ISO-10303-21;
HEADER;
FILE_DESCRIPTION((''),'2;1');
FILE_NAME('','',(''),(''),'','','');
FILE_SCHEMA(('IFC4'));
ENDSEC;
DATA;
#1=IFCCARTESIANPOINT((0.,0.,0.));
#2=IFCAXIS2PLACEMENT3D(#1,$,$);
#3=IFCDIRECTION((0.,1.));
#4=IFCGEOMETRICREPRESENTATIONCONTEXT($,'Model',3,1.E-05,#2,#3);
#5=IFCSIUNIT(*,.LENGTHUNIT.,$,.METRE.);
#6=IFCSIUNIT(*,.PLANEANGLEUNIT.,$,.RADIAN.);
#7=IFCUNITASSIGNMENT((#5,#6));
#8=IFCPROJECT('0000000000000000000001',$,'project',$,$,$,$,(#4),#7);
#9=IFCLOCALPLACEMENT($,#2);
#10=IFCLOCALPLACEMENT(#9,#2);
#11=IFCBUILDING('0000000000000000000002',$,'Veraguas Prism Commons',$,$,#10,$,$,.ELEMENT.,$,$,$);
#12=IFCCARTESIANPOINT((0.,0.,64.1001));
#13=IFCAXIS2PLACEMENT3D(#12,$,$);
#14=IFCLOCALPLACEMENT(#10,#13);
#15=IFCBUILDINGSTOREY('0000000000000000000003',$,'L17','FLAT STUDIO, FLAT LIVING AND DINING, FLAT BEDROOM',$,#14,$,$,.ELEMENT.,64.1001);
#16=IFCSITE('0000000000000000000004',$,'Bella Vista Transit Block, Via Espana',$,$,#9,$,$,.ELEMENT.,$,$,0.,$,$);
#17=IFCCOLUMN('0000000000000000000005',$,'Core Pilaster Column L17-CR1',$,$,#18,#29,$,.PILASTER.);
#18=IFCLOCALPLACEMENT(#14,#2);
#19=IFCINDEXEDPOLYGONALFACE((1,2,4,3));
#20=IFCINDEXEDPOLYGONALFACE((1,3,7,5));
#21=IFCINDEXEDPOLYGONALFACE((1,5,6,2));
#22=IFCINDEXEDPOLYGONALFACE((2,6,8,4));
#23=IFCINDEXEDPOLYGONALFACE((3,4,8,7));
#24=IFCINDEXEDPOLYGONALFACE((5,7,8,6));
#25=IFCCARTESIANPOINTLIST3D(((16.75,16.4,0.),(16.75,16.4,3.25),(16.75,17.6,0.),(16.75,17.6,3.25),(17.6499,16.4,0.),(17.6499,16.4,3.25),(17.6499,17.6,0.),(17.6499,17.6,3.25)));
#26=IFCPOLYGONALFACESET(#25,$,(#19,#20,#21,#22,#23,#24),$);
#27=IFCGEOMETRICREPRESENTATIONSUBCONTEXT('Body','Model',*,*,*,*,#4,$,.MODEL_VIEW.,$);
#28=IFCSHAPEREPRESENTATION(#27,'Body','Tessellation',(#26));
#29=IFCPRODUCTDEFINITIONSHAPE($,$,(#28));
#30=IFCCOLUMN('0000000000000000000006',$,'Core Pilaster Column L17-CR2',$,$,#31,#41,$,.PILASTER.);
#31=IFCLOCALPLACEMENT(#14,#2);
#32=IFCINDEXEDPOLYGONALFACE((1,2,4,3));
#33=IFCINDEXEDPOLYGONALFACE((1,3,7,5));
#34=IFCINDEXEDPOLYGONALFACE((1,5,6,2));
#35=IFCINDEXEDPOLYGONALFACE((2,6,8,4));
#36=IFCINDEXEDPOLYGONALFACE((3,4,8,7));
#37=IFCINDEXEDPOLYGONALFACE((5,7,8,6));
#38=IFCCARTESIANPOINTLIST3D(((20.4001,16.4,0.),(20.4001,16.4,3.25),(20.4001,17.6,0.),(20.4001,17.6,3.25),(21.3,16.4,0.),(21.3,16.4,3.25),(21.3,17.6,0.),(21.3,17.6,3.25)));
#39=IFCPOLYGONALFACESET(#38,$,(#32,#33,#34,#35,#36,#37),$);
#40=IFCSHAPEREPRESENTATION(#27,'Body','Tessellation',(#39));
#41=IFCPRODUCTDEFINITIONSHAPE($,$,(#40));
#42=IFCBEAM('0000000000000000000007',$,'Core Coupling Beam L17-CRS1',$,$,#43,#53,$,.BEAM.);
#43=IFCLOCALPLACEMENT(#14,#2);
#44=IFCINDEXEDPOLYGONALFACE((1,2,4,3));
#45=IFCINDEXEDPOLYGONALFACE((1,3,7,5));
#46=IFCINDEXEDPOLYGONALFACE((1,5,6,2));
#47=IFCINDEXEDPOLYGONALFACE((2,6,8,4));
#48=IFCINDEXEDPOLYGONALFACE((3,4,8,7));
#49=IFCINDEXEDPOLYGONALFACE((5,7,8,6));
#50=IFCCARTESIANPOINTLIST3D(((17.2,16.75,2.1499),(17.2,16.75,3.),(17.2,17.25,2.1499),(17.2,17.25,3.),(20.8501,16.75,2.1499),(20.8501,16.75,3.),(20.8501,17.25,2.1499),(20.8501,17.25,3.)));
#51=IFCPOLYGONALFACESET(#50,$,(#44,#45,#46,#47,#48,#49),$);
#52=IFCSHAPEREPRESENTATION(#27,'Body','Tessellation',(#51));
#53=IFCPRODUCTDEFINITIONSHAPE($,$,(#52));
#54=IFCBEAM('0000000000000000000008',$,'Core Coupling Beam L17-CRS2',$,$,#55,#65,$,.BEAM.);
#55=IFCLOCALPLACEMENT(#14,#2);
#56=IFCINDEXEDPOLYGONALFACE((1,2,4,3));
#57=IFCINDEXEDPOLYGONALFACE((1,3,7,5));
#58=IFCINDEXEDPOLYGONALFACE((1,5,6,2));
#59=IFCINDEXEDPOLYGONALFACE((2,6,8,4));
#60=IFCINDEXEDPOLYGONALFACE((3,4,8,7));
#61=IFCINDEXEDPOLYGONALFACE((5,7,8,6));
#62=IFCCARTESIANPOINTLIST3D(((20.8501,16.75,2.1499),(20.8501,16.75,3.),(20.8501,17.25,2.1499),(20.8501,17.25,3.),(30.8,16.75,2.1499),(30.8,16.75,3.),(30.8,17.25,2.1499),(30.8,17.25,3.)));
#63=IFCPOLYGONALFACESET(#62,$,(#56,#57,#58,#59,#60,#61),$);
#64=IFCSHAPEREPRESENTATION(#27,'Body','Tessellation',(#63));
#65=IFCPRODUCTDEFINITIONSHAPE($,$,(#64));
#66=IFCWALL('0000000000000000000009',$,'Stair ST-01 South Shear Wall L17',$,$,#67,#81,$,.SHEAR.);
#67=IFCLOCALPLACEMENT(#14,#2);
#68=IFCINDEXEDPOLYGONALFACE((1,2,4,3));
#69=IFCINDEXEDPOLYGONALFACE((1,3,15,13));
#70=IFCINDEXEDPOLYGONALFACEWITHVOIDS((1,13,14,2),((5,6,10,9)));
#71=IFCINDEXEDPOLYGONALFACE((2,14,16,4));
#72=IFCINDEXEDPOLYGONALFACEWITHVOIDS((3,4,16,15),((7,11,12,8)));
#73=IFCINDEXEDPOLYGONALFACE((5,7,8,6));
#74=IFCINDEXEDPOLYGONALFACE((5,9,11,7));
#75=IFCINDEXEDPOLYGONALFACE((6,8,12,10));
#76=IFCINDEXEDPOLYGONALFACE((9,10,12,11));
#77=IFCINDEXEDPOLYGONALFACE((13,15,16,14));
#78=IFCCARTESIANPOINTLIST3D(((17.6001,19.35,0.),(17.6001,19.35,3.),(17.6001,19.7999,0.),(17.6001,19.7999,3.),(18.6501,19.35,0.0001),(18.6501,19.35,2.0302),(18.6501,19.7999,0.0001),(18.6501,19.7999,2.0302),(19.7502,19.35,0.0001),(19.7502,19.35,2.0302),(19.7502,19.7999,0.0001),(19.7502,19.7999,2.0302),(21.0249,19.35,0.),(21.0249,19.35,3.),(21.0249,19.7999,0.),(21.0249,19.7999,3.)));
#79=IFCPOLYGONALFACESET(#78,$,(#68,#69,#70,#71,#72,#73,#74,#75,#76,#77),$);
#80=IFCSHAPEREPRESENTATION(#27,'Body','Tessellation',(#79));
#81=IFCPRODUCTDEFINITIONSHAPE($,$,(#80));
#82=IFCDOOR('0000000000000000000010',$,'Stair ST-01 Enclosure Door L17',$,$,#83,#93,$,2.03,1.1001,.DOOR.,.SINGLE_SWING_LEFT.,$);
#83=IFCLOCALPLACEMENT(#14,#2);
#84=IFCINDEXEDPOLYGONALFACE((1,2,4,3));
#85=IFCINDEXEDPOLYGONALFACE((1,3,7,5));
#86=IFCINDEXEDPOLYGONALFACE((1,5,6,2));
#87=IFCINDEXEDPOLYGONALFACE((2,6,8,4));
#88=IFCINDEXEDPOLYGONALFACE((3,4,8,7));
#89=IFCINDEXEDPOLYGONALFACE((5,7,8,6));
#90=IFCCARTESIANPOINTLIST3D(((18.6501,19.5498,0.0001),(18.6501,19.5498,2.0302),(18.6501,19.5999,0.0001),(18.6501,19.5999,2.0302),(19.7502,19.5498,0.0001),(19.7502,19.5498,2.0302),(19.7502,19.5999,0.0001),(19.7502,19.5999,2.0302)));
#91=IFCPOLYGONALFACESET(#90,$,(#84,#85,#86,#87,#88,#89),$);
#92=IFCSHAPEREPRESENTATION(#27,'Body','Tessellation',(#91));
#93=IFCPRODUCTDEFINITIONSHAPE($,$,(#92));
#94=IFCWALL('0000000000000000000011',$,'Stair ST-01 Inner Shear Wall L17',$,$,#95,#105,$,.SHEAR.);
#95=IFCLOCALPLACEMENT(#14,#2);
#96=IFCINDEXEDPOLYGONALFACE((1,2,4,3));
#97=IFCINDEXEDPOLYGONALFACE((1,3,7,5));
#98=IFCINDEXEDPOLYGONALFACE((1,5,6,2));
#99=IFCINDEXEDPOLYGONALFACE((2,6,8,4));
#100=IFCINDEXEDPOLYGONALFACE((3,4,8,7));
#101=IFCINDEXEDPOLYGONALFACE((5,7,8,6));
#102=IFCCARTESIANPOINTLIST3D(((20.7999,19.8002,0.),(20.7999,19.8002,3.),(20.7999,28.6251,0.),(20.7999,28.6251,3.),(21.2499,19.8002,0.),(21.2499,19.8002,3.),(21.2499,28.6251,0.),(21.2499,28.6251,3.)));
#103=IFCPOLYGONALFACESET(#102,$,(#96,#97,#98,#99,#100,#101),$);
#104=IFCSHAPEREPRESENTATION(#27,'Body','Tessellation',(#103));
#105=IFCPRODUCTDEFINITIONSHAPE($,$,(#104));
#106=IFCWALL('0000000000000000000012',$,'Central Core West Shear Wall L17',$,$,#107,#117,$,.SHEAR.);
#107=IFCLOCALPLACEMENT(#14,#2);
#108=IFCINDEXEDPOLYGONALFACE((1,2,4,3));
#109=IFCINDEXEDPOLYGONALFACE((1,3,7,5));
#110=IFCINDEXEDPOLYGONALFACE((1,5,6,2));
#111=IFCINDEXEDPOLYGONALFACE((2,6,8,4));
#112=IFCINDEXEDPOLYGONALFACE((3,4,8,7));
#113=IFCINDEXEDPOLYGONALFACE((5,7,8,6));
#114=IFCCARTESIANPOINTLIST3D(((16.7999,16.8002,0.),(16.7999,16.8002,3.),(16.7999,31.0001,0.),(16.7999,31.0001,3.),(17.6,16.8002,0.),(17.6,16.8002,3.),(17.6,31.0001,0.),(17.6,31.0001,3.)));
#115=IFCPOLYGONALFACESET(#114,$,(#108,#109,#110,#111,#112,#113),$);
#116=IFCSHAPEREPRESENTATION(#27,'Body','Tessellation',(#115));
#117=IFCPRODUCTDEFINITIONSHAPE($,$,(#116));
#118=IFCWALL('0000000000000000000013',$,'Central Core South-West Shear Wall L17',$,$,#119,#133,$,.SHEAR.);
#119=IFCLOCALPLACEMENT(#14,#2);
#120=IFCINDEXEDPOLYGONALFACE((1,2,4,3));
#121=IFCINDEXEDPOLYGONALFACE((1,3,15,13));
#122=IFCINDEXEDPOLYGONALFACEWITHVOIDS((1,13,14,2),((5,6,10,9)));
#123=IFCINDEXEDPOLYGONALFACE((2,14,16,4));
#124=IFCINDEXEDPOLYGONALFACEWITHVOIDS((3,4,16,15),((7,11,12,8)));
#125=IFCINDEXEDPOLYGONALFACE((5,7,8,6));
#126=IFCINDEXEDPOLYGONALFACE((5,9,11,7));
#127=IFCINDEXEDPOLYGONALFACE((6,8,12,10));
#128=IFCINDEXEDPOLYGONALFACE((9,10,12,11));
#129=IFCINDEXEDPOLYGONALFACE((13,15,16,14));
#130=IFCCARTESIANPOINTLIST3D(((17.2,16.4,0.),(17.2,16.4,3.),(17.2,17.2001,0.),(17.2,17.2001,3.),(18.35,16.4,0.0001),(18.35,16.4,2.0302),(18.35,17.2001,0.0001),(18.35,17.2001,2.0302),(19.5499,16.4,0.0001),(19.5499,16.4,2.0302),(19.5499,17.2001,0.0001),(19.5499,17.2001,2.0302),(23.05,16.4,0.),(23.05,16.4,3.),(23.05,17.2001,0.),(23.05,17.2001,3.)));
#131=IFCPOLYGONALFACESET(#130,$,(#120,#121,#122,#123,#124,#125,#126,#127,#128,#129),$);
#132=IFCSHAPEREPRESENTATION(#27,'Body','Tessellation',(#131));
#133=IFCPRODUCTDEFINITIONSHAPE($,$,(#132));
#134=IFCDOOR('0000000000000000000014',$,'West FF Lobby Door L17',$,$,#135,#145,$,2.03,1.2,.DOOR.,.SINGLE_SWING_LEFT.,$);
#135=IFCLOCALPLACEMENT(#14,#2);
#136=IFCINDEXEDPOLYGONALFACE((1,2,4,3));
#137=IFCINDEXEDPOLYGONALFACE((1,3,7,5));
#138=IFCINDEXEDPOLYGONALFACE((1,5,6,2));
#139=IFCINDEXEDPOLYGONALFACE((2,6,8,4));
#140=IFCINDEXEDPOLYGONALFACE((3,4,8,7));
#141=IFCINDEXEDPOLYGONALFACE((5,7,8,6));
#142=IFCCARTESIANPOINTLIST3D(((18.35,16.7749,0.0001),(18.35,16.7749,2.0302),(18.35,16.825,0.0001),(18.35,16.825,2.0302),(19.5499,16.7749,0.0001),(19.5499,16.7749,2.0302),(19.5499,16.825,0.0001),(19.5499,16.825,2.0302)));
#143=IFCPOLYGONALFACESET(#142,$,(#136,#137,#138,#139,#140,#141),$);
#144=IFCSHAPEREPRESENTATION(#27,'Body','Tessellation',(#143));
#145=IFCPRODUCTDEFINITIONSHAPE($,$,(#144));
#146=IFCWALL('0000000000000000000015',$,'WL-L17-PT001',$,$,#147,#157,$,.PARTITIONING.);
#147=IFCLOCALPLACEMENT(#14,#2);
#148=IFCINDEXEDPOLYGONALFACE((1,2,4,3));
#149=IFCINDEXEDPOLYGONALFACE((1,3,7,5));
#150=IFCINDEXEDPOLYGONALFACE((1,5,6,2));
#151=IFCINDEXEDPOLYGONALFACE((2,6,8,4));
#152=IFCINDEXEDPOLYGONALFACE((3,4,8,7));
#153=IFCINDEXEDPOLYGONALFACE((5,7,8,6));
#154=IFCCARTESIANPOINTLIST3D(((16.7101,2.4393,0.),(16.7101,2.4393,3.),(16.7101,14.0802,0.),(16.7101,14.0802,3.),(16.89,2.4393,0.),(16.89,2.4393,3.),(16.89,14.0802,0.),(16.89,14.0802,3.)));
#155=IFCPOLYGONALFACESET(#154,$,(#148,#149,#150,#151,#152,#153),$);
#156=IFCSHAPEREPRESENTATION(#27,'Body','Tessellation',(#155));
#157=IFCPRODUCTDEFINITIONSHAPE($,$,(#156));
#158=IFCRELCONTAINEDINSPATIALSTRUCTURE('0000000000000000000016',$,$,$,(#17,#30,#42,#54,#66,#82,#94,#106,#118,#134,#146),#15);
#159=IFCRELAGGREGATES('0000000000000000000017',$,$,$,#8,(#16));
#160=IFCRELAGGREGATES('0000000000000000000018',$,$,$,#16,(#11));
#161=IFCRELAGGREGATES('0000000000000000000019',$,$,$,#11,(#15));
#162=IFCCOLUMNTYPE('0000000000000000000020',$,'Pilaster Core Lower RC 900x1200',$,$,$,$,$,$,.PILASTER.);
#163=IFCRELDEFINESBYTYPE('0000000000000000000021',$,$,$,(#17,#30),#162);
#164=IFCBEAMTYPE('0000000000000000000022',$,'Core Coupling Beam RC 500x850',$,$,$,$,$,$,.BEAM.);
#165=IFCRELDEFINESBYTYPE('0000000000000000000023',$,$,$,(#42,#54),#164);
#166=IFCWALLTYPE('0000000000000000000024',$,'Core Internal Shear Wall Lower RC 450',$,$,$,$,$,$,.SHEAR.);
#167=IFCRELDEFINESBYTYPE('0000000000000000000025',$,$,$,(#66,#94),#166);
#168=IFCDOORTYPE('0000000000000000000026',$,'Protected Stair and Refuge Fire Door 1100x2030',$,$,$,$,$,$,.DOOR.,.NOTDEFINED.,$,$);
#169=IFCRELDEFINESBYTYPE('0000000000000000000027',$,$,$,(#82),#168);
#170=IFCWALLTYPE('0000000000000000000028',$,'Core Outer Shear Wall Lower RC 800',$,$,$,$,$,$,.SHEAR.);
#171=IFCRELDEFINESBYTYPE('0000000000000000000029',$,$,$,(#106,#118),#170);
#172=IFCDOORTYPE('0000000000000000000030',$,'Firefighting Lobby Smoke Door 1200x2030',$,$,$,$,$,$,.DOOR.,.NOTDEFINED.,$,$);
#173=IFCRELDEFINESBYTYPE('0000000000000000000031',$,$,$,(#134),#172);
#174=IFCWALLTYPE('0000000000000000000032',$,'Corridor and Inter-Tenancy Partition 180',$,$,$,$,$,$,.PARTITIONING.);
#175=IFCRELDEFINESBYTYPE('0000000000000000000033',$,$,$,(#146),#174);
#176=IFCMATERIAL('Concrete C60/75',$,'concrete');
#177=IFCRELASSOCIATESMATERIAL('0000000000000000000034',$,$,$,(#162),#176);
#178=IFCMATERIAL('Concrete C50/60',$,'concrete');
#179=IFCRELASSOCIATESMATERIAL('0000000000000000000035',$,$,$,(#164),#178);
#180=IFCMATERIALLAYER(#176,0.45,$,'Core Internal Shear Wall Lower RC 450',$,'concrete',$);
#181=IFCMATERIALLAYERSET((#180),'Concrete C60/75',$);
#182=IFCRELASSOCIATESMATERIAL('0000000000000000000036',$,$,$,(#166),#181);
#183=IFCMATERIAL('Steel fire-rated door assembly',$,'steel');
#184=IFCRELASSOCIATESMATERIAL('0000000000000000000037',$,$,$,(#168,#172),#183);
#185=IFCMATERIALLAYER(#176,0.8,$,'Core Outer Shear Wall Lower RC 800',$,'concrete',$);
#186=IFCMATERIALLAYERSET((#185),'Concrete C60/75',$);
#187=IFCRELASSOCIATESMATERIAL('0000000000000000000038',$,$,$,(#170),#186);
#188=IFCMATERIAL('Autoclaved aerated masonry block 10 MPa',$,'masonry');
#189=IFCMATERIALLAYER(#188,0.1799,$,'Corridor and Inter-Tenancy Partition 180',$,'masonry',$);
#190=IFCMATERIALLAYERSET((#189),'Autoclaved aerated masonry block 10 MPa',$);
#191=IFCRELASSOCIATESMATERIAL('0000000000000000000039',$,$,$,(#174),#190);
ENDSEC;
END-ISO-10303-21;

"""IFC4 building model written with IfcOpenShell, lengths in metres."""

from ifc_helpers import new_model, si_unit, direction, frame, frame_2d, origin, origin_2d, place, context, subcontext, project, spatial, rectangle, extrude, source, transform, mapped, material, layer, layer_set, material_profile, profile_set, type_object, element, fill, save


model = new_model("IFC4")

# Units and contexts
model_context = context("Model", 3, precision=1e-05, world=origin(), true_north=direction((0.0, 1.0)))
body_context = subcontext(model_context, "Body", "Model", "MODEL_VIEW")
ifc_project = project(units=[si_unit("LENGTHUNIT", "METRE"), si_unit("PLANEANGLEUNIT", "RADIAN")], contexts=[model_context])

# Site, building, storey
site_placement = place(None, origin())
site = spatial("IfcSite", under=ifc_project, at=site_placement, Name="Bella Vista Transit Block, Via Espana", CompositionType="ELEMENT", RefElevation=0.0)
building_placement = place(site_placement, origin())
building = spatial("IfcBuilding", under=site, at=building_placement, Name="Veraguas Prism Commons", CompositionType="ELEMENT")
storey_placement = place(building_placement, frame((0.0, 0.0, 64.1001)))
storey = spatial("IfcBuildingStorey", under=building, at=storey_placement, Name="L17", Description="FLAT STUDIO, FLAT LIVING AND DINING, FLAT BEDROOM", CompositionType="ELEMENT", Elevation=64.1001)

# Columns
ifc_material_1 = material(Name="Concrete C60/75", Category="concrete")
ifc_material_profile_1 = material_profile(ifc_material_1, rectangle(XDim=0.8999, YDim=1.2, at=origin_2d()), Name="RC900X1200")
ifc_profile_set_1 = profile_set([ifc_material_profile_1], Name="Concrete C60/75")
column_type = type_object("IfcColumnType", Name="Pilaster Core Lower RC 900x1200", PredefinedType="PILASTER", material=ifc_profile_set_1)
for number, where, z_axis, x_axis, name in (
    (1, (17.2, 17.0, 0.0), (0.0, 0.0, 1.0), (1.0, 0.0, 0.0), "Core Pilaster Column L17-CR1"),
    (2, (20.8501, 17.0, 0.0), (0.0, 0.0, 1.0), (1.0, 0.0, 0.0), "Core Pilaster Column L17-CR2"),
):
    element("IfcColumn", number, at=place(storey_placement, frame(where, z_axis=z_axis, x_axis=x_axis)), inside=storey, type_object=column_type, Name=name, PredefinedType="PILASTER", context=body_context, shape_type="SweptSolid", body=[
        extrude(rectangle(XDim=0.8999, YDim=1.2, at=origin_2d()), origin(), (0.0, 0.0, 1.0), 3.25),
    ])

# Beams
ifc_material_2 = material(Name="Concrete C50/60", Category="concrete")
ifc_material_profile_2 = material_profile(ifc_material_2, rectangle(XDim=0.5, YDim=0.8501, at=origin_2d()), Name="RC500X850")
ifc_profile_set_2 = profile_set([ifc_material_profile_2], Name="Concrete C50/60")
beam_type = type_object("IfcBeamType", Name="Core Coupling Beam RC 500x850", PredefinedType="BEAM", material=ifc_profile_set_2)
beam_1_placement = place(storey_placement, frame((17.2, 17.0, 2.575), z_axis=(1.0, 0.0, 0.0), x_axis=(0.0, 1.0, 0.0)))
element("IfcBeam", 3, at=beam_1_placement, inside=storey, type_object=beam_type, Name="Core Coupling Beam L17-CRS1", PredefinedType="BEAM", context=body_context, shape_type="SweptSolid", body=[
    extrude(rectangle(XDim=0.5, YDim=0.8501, at=origin_2d()), origin(), (0.0, 0.0, 1.0), 3.6501),
])
beam_2_placement = place(storey_placement, frame((20.8501, 17.0, 2.575), z_axis=(1.0, 0.0, 0.0), x_axis=(0.0, 1.0, 0.0)))
element("IfcBeam", 4, at=beam_2_placement, inside=storey, type_object=beam_type, Name="Core Coupling Beam L17-CRS2", PredefinedType="BEAM", context=body_context, shape_type="SweptSolid", body=[
    extrude(rectangle(XDim=0.5, YDim=0.8501, at=origin_2d()), origin(), (0.0, 0.0, 1.0), 9.95),
])

# Wall, opening, door
ifc_layer_1 = layer(ifc_material_1, 0.45, Name="Core Internal Shear Wall Lower RC 450", Category="concrete")
ifc_layer_set_1 = layer_set([ifc_layer_1], Name="Concrete C60/75")
wall_type_1 = type_object("IfcWallType", Name="Core Internal Shear Wall Lower RC 450", PredefinedType="SHEAR", material=ifc_layer_set_1)
wall_1_placement = place(storey_placement, frame((17.6001, 19.575, 0.0), z_axis=(0.0, 0.0, 1.0), x_axis=(1.0, 0.0, 0.0)))
wall_1 = element("IfcWall", 5, at=wall_1_placement, inside=storey, type_object=wall_type_1, Name="Stair ST-01 South Shear Wall L17", PredefinedType="SHEAR", context=body_context, shape_type="SweptSolid", body=[
    extrude(rectangle(XDim=3.4248, YDim=0.45, at=frame_2d((1.7124, 0.0))), origin(), (0.0, 0.0, 1.0), 3.0),
])
opening_1_placement = place(wall_1_placement, frame((1.05, 0.0, 0.0)))
opening_1 = element("IfcOpeningElement", 6, at=opening_1_placement, cuts=wall_1, PredefinedType="OPENING", context=body_context, shape_type="SweptSolid", body=[
    extrude(rectangle(XDim=1.1001, YDim=2.03, at=frame_2d((0.55, 1.0151))), frame((0.0, 0.2349, 0.0), z_axis=(0.0, -1.0, 0.0), x_axis=(1.0, 0.0, 0.0)), (0.0, 0.0, 1.0), 0.47),
])
ifc_material_3 = material(Name="Steel fire-rated door assembly", Category="steel")
door_type_1 = type_object("IfcDoorType", Name="Protected Stair and Refuge Fire Door 1100x2030", OperationType="NOTDEFINED", PredefinedType="DOOR", material=ifc_material_3)
shared_shape_1 = source(origin(), body_context, "Body", "SweptSolid", [
    extrude(rectangle(XDim=1.1001, YDim=2.03, at=frame_2d((0.55, 1.0151))), frame((0.0, 0.0249, 0.0), z_axis=(0.0, -1.0, 0.0), x_axis=(1.0, 0.0, 0.0)), (0.0, 0.0, 1.0), 0.05),
])
door_1_placement = place(opening_1_placement, origin())
door_1 = element("IfcDoor", 7, at=door_1_placement, inside=storey, type_object=door_type_1, Name="Stair ST-01 Enclosure Door L17", OperationType="SINGLE_SWING_LEFT", OverallHeight=2.03, OverallWidth=1.1001, PredefinedType="DOOR", context=body_context, shape_type="MappedRepresentation", body=[
    mapped(shared_shape_1, transform((0.0, 0.0, 0.0), scale=1.0)),
])
fill(opening_1, door_1)

# Walls
wall_2_placement = place(storey_placement, frame((21.0249, 19.8, 0.0), z_axis=(0.0, 0.0, 1.0), x_axis=(0.0, 1.0, 0.0)))
element("IfcWall", 8, at=wall_2_placement, inside=storey, type_object=wall_type_1, Name="Stair ST-01 Inner Shear Wall L17", PredefinedType="SHEAR", context=body_context, shape_type="SweptSolid", body=[
    extrude(rectangle(XDim=8.825, YDim=0.45, at=frame_2d((4.4126, 0.0))), origin(), (0.0, 0.0, 1.0), 3.0),
])
ifc_layer_2 = layer(ifc_material_1, 0.8, Name="Core Outer Shear Wall Lower RC 800", Category="concrete")
ifc_layer_set_2 = layer_set([ifc_layer_2], Name="Concrete C60/75")
wall_type_2 = type_object("IfcWallType", Name="Core Outer Shear Wall Lower RC 800", PredefinedType="SHEAR", material=ifc_layer_set_2)
wall_3_placement = place(storey_placement, frame((17.2, 16.8, 0.0), z_axis=(0.0, 0.0, 1.0), x_axis=(0.0, 1.0, 0.0)))
element("IfcWall", 9, at=wall_3_placement, inside=storey, type_object=wall_type_2, Name="Central Core West Shear Wall L17", PredefinedType="SHEAR", context=body_context, shape_type="SweptSolid", body=[
    extrude(rectangle(XDim=14.2, YDim=0.8, at=frame_2d((7.1001, 0.0))), origin(), (0.0, 0.0, 1.0), 3.0),
])

# Wall, opening, door
wall_4_placement = place(storey_placement, frame((17.2, 16.8, 0.0), z_axis=(0.0, 0.0, 1.0), x_axis=(1.0, 0.0, 0.0)))
wall_4 = element("IfcWall", 10, at=wall_4_placement, inside=storey, type_object=wall_type_2, Name="Central Core South-West Shear Wall L17", PredefinedType="SHEAR", context=body_context, shape_type="SweptSolid", body=[
    extrude(rectangle(XDim=5.8501, YDim=0.8, at=frame_2d((2.925, 0.0))), origin(), (0.0, 0.0, 1.0), 3.0),
])
opening_2_placement = place(wall_4_placement, frame((1.1499, 0.0, 0.0)))
opening_2 = element("IfcOpeningElement", 11, at=opening_2_placement, cuts=wall_4, PredefinedType="OPENING", context=body_context, shape_type="SweptSolid", body=[
    extrude(rectangle(XDim=1.2, YDim=2.03, at=frame_2d((0.6001, 1.0151))), frame((0.0, 0.4099, 0.0), z_axis=(0.0, -1.0, 0.0), x_axis=(1.0, 0.0, 0.0)), (0.0, 0.0, 1.0), 0.8201),
])
door_type_2 = type_object("IfcDoorType", Name="Firefighting Lobby Smoke Door 1200x2030", OperationType="NOTDEFINED", PredefinedType="DOOR", material=ifc_material_3)
shared_shape_2 = source(origin(), body_context, "Body", "SweptSolid", [
    extrude(rectangle(XDim=1.2, YDim=2.03, at=frame_2d((0.6001, 1.0151))), frame((0.0, 0.0249, 0.0), z_axis=(0.0, -1.0, 0.0), x_axis=(1.0, 0.0, 0.0)), (0.0, 0.0, 1.0), 0.05),
])
door_2_placement = place(opening_2_placement, origin())
door_2 = element("IfcDoor", 12, at=door_2_placement, inside=storey, type_object=door_type_2, Name="West FF Lobby Door L17", OperationType="SINGLE_SWING_LEFT", OverallHeight=2.03, OverallWidth=1.2, PredefinedType="DOOR", context=body_context, shape_type="MappedRepresentation", body=[
    mapped(shared_shape_2, transform((0.0, 0.0, 0.0), scale=1.0)),
])
fill(opening_2, door_2)

# Wall
ifc_material_4 = material(Name="Autoclaved aerated masonry block 10 MPa", Category="masonry")
ifc_layer_3 = layer(ifc_material_4, 0.1799, Name="Corridor and Inter-Tenancy Partition 180", Category="masonry")
ifc_layer_set_3 = layer_set([ifc_layer_3], Name="Autoclaved aerated masonry block 10 MPa")
wall_type_3 = type_object("IfcWallType", Name="Corridor and Inter-Tenancy Partition 180", PredefinedType="PARTITIONING", material=ifc_layer_set_3)
wall_5_placement = place(storey_placement, frame((16.8, 14.0801, 0.0), z_axis=(0.0, 0.0, 1.0), x_axis=(0.0, -1.0, 0.0)))
element("IfcWall", 13, at=wall_5_placement, inside=storey, type_object=wall_type_3, Name="WL-L17-PT001", PredefinedType="PARTITIONING", context=body_context, shape_type="SweptSolid", body=[
    extrude(rectangle(XDim=11.6409, YDim=0.1799, at=frame_2d((5.8203, 0.0))), origin(), (0.0, 0.0, 1.0), 3.0),
])

save(model, "model.ifc")
